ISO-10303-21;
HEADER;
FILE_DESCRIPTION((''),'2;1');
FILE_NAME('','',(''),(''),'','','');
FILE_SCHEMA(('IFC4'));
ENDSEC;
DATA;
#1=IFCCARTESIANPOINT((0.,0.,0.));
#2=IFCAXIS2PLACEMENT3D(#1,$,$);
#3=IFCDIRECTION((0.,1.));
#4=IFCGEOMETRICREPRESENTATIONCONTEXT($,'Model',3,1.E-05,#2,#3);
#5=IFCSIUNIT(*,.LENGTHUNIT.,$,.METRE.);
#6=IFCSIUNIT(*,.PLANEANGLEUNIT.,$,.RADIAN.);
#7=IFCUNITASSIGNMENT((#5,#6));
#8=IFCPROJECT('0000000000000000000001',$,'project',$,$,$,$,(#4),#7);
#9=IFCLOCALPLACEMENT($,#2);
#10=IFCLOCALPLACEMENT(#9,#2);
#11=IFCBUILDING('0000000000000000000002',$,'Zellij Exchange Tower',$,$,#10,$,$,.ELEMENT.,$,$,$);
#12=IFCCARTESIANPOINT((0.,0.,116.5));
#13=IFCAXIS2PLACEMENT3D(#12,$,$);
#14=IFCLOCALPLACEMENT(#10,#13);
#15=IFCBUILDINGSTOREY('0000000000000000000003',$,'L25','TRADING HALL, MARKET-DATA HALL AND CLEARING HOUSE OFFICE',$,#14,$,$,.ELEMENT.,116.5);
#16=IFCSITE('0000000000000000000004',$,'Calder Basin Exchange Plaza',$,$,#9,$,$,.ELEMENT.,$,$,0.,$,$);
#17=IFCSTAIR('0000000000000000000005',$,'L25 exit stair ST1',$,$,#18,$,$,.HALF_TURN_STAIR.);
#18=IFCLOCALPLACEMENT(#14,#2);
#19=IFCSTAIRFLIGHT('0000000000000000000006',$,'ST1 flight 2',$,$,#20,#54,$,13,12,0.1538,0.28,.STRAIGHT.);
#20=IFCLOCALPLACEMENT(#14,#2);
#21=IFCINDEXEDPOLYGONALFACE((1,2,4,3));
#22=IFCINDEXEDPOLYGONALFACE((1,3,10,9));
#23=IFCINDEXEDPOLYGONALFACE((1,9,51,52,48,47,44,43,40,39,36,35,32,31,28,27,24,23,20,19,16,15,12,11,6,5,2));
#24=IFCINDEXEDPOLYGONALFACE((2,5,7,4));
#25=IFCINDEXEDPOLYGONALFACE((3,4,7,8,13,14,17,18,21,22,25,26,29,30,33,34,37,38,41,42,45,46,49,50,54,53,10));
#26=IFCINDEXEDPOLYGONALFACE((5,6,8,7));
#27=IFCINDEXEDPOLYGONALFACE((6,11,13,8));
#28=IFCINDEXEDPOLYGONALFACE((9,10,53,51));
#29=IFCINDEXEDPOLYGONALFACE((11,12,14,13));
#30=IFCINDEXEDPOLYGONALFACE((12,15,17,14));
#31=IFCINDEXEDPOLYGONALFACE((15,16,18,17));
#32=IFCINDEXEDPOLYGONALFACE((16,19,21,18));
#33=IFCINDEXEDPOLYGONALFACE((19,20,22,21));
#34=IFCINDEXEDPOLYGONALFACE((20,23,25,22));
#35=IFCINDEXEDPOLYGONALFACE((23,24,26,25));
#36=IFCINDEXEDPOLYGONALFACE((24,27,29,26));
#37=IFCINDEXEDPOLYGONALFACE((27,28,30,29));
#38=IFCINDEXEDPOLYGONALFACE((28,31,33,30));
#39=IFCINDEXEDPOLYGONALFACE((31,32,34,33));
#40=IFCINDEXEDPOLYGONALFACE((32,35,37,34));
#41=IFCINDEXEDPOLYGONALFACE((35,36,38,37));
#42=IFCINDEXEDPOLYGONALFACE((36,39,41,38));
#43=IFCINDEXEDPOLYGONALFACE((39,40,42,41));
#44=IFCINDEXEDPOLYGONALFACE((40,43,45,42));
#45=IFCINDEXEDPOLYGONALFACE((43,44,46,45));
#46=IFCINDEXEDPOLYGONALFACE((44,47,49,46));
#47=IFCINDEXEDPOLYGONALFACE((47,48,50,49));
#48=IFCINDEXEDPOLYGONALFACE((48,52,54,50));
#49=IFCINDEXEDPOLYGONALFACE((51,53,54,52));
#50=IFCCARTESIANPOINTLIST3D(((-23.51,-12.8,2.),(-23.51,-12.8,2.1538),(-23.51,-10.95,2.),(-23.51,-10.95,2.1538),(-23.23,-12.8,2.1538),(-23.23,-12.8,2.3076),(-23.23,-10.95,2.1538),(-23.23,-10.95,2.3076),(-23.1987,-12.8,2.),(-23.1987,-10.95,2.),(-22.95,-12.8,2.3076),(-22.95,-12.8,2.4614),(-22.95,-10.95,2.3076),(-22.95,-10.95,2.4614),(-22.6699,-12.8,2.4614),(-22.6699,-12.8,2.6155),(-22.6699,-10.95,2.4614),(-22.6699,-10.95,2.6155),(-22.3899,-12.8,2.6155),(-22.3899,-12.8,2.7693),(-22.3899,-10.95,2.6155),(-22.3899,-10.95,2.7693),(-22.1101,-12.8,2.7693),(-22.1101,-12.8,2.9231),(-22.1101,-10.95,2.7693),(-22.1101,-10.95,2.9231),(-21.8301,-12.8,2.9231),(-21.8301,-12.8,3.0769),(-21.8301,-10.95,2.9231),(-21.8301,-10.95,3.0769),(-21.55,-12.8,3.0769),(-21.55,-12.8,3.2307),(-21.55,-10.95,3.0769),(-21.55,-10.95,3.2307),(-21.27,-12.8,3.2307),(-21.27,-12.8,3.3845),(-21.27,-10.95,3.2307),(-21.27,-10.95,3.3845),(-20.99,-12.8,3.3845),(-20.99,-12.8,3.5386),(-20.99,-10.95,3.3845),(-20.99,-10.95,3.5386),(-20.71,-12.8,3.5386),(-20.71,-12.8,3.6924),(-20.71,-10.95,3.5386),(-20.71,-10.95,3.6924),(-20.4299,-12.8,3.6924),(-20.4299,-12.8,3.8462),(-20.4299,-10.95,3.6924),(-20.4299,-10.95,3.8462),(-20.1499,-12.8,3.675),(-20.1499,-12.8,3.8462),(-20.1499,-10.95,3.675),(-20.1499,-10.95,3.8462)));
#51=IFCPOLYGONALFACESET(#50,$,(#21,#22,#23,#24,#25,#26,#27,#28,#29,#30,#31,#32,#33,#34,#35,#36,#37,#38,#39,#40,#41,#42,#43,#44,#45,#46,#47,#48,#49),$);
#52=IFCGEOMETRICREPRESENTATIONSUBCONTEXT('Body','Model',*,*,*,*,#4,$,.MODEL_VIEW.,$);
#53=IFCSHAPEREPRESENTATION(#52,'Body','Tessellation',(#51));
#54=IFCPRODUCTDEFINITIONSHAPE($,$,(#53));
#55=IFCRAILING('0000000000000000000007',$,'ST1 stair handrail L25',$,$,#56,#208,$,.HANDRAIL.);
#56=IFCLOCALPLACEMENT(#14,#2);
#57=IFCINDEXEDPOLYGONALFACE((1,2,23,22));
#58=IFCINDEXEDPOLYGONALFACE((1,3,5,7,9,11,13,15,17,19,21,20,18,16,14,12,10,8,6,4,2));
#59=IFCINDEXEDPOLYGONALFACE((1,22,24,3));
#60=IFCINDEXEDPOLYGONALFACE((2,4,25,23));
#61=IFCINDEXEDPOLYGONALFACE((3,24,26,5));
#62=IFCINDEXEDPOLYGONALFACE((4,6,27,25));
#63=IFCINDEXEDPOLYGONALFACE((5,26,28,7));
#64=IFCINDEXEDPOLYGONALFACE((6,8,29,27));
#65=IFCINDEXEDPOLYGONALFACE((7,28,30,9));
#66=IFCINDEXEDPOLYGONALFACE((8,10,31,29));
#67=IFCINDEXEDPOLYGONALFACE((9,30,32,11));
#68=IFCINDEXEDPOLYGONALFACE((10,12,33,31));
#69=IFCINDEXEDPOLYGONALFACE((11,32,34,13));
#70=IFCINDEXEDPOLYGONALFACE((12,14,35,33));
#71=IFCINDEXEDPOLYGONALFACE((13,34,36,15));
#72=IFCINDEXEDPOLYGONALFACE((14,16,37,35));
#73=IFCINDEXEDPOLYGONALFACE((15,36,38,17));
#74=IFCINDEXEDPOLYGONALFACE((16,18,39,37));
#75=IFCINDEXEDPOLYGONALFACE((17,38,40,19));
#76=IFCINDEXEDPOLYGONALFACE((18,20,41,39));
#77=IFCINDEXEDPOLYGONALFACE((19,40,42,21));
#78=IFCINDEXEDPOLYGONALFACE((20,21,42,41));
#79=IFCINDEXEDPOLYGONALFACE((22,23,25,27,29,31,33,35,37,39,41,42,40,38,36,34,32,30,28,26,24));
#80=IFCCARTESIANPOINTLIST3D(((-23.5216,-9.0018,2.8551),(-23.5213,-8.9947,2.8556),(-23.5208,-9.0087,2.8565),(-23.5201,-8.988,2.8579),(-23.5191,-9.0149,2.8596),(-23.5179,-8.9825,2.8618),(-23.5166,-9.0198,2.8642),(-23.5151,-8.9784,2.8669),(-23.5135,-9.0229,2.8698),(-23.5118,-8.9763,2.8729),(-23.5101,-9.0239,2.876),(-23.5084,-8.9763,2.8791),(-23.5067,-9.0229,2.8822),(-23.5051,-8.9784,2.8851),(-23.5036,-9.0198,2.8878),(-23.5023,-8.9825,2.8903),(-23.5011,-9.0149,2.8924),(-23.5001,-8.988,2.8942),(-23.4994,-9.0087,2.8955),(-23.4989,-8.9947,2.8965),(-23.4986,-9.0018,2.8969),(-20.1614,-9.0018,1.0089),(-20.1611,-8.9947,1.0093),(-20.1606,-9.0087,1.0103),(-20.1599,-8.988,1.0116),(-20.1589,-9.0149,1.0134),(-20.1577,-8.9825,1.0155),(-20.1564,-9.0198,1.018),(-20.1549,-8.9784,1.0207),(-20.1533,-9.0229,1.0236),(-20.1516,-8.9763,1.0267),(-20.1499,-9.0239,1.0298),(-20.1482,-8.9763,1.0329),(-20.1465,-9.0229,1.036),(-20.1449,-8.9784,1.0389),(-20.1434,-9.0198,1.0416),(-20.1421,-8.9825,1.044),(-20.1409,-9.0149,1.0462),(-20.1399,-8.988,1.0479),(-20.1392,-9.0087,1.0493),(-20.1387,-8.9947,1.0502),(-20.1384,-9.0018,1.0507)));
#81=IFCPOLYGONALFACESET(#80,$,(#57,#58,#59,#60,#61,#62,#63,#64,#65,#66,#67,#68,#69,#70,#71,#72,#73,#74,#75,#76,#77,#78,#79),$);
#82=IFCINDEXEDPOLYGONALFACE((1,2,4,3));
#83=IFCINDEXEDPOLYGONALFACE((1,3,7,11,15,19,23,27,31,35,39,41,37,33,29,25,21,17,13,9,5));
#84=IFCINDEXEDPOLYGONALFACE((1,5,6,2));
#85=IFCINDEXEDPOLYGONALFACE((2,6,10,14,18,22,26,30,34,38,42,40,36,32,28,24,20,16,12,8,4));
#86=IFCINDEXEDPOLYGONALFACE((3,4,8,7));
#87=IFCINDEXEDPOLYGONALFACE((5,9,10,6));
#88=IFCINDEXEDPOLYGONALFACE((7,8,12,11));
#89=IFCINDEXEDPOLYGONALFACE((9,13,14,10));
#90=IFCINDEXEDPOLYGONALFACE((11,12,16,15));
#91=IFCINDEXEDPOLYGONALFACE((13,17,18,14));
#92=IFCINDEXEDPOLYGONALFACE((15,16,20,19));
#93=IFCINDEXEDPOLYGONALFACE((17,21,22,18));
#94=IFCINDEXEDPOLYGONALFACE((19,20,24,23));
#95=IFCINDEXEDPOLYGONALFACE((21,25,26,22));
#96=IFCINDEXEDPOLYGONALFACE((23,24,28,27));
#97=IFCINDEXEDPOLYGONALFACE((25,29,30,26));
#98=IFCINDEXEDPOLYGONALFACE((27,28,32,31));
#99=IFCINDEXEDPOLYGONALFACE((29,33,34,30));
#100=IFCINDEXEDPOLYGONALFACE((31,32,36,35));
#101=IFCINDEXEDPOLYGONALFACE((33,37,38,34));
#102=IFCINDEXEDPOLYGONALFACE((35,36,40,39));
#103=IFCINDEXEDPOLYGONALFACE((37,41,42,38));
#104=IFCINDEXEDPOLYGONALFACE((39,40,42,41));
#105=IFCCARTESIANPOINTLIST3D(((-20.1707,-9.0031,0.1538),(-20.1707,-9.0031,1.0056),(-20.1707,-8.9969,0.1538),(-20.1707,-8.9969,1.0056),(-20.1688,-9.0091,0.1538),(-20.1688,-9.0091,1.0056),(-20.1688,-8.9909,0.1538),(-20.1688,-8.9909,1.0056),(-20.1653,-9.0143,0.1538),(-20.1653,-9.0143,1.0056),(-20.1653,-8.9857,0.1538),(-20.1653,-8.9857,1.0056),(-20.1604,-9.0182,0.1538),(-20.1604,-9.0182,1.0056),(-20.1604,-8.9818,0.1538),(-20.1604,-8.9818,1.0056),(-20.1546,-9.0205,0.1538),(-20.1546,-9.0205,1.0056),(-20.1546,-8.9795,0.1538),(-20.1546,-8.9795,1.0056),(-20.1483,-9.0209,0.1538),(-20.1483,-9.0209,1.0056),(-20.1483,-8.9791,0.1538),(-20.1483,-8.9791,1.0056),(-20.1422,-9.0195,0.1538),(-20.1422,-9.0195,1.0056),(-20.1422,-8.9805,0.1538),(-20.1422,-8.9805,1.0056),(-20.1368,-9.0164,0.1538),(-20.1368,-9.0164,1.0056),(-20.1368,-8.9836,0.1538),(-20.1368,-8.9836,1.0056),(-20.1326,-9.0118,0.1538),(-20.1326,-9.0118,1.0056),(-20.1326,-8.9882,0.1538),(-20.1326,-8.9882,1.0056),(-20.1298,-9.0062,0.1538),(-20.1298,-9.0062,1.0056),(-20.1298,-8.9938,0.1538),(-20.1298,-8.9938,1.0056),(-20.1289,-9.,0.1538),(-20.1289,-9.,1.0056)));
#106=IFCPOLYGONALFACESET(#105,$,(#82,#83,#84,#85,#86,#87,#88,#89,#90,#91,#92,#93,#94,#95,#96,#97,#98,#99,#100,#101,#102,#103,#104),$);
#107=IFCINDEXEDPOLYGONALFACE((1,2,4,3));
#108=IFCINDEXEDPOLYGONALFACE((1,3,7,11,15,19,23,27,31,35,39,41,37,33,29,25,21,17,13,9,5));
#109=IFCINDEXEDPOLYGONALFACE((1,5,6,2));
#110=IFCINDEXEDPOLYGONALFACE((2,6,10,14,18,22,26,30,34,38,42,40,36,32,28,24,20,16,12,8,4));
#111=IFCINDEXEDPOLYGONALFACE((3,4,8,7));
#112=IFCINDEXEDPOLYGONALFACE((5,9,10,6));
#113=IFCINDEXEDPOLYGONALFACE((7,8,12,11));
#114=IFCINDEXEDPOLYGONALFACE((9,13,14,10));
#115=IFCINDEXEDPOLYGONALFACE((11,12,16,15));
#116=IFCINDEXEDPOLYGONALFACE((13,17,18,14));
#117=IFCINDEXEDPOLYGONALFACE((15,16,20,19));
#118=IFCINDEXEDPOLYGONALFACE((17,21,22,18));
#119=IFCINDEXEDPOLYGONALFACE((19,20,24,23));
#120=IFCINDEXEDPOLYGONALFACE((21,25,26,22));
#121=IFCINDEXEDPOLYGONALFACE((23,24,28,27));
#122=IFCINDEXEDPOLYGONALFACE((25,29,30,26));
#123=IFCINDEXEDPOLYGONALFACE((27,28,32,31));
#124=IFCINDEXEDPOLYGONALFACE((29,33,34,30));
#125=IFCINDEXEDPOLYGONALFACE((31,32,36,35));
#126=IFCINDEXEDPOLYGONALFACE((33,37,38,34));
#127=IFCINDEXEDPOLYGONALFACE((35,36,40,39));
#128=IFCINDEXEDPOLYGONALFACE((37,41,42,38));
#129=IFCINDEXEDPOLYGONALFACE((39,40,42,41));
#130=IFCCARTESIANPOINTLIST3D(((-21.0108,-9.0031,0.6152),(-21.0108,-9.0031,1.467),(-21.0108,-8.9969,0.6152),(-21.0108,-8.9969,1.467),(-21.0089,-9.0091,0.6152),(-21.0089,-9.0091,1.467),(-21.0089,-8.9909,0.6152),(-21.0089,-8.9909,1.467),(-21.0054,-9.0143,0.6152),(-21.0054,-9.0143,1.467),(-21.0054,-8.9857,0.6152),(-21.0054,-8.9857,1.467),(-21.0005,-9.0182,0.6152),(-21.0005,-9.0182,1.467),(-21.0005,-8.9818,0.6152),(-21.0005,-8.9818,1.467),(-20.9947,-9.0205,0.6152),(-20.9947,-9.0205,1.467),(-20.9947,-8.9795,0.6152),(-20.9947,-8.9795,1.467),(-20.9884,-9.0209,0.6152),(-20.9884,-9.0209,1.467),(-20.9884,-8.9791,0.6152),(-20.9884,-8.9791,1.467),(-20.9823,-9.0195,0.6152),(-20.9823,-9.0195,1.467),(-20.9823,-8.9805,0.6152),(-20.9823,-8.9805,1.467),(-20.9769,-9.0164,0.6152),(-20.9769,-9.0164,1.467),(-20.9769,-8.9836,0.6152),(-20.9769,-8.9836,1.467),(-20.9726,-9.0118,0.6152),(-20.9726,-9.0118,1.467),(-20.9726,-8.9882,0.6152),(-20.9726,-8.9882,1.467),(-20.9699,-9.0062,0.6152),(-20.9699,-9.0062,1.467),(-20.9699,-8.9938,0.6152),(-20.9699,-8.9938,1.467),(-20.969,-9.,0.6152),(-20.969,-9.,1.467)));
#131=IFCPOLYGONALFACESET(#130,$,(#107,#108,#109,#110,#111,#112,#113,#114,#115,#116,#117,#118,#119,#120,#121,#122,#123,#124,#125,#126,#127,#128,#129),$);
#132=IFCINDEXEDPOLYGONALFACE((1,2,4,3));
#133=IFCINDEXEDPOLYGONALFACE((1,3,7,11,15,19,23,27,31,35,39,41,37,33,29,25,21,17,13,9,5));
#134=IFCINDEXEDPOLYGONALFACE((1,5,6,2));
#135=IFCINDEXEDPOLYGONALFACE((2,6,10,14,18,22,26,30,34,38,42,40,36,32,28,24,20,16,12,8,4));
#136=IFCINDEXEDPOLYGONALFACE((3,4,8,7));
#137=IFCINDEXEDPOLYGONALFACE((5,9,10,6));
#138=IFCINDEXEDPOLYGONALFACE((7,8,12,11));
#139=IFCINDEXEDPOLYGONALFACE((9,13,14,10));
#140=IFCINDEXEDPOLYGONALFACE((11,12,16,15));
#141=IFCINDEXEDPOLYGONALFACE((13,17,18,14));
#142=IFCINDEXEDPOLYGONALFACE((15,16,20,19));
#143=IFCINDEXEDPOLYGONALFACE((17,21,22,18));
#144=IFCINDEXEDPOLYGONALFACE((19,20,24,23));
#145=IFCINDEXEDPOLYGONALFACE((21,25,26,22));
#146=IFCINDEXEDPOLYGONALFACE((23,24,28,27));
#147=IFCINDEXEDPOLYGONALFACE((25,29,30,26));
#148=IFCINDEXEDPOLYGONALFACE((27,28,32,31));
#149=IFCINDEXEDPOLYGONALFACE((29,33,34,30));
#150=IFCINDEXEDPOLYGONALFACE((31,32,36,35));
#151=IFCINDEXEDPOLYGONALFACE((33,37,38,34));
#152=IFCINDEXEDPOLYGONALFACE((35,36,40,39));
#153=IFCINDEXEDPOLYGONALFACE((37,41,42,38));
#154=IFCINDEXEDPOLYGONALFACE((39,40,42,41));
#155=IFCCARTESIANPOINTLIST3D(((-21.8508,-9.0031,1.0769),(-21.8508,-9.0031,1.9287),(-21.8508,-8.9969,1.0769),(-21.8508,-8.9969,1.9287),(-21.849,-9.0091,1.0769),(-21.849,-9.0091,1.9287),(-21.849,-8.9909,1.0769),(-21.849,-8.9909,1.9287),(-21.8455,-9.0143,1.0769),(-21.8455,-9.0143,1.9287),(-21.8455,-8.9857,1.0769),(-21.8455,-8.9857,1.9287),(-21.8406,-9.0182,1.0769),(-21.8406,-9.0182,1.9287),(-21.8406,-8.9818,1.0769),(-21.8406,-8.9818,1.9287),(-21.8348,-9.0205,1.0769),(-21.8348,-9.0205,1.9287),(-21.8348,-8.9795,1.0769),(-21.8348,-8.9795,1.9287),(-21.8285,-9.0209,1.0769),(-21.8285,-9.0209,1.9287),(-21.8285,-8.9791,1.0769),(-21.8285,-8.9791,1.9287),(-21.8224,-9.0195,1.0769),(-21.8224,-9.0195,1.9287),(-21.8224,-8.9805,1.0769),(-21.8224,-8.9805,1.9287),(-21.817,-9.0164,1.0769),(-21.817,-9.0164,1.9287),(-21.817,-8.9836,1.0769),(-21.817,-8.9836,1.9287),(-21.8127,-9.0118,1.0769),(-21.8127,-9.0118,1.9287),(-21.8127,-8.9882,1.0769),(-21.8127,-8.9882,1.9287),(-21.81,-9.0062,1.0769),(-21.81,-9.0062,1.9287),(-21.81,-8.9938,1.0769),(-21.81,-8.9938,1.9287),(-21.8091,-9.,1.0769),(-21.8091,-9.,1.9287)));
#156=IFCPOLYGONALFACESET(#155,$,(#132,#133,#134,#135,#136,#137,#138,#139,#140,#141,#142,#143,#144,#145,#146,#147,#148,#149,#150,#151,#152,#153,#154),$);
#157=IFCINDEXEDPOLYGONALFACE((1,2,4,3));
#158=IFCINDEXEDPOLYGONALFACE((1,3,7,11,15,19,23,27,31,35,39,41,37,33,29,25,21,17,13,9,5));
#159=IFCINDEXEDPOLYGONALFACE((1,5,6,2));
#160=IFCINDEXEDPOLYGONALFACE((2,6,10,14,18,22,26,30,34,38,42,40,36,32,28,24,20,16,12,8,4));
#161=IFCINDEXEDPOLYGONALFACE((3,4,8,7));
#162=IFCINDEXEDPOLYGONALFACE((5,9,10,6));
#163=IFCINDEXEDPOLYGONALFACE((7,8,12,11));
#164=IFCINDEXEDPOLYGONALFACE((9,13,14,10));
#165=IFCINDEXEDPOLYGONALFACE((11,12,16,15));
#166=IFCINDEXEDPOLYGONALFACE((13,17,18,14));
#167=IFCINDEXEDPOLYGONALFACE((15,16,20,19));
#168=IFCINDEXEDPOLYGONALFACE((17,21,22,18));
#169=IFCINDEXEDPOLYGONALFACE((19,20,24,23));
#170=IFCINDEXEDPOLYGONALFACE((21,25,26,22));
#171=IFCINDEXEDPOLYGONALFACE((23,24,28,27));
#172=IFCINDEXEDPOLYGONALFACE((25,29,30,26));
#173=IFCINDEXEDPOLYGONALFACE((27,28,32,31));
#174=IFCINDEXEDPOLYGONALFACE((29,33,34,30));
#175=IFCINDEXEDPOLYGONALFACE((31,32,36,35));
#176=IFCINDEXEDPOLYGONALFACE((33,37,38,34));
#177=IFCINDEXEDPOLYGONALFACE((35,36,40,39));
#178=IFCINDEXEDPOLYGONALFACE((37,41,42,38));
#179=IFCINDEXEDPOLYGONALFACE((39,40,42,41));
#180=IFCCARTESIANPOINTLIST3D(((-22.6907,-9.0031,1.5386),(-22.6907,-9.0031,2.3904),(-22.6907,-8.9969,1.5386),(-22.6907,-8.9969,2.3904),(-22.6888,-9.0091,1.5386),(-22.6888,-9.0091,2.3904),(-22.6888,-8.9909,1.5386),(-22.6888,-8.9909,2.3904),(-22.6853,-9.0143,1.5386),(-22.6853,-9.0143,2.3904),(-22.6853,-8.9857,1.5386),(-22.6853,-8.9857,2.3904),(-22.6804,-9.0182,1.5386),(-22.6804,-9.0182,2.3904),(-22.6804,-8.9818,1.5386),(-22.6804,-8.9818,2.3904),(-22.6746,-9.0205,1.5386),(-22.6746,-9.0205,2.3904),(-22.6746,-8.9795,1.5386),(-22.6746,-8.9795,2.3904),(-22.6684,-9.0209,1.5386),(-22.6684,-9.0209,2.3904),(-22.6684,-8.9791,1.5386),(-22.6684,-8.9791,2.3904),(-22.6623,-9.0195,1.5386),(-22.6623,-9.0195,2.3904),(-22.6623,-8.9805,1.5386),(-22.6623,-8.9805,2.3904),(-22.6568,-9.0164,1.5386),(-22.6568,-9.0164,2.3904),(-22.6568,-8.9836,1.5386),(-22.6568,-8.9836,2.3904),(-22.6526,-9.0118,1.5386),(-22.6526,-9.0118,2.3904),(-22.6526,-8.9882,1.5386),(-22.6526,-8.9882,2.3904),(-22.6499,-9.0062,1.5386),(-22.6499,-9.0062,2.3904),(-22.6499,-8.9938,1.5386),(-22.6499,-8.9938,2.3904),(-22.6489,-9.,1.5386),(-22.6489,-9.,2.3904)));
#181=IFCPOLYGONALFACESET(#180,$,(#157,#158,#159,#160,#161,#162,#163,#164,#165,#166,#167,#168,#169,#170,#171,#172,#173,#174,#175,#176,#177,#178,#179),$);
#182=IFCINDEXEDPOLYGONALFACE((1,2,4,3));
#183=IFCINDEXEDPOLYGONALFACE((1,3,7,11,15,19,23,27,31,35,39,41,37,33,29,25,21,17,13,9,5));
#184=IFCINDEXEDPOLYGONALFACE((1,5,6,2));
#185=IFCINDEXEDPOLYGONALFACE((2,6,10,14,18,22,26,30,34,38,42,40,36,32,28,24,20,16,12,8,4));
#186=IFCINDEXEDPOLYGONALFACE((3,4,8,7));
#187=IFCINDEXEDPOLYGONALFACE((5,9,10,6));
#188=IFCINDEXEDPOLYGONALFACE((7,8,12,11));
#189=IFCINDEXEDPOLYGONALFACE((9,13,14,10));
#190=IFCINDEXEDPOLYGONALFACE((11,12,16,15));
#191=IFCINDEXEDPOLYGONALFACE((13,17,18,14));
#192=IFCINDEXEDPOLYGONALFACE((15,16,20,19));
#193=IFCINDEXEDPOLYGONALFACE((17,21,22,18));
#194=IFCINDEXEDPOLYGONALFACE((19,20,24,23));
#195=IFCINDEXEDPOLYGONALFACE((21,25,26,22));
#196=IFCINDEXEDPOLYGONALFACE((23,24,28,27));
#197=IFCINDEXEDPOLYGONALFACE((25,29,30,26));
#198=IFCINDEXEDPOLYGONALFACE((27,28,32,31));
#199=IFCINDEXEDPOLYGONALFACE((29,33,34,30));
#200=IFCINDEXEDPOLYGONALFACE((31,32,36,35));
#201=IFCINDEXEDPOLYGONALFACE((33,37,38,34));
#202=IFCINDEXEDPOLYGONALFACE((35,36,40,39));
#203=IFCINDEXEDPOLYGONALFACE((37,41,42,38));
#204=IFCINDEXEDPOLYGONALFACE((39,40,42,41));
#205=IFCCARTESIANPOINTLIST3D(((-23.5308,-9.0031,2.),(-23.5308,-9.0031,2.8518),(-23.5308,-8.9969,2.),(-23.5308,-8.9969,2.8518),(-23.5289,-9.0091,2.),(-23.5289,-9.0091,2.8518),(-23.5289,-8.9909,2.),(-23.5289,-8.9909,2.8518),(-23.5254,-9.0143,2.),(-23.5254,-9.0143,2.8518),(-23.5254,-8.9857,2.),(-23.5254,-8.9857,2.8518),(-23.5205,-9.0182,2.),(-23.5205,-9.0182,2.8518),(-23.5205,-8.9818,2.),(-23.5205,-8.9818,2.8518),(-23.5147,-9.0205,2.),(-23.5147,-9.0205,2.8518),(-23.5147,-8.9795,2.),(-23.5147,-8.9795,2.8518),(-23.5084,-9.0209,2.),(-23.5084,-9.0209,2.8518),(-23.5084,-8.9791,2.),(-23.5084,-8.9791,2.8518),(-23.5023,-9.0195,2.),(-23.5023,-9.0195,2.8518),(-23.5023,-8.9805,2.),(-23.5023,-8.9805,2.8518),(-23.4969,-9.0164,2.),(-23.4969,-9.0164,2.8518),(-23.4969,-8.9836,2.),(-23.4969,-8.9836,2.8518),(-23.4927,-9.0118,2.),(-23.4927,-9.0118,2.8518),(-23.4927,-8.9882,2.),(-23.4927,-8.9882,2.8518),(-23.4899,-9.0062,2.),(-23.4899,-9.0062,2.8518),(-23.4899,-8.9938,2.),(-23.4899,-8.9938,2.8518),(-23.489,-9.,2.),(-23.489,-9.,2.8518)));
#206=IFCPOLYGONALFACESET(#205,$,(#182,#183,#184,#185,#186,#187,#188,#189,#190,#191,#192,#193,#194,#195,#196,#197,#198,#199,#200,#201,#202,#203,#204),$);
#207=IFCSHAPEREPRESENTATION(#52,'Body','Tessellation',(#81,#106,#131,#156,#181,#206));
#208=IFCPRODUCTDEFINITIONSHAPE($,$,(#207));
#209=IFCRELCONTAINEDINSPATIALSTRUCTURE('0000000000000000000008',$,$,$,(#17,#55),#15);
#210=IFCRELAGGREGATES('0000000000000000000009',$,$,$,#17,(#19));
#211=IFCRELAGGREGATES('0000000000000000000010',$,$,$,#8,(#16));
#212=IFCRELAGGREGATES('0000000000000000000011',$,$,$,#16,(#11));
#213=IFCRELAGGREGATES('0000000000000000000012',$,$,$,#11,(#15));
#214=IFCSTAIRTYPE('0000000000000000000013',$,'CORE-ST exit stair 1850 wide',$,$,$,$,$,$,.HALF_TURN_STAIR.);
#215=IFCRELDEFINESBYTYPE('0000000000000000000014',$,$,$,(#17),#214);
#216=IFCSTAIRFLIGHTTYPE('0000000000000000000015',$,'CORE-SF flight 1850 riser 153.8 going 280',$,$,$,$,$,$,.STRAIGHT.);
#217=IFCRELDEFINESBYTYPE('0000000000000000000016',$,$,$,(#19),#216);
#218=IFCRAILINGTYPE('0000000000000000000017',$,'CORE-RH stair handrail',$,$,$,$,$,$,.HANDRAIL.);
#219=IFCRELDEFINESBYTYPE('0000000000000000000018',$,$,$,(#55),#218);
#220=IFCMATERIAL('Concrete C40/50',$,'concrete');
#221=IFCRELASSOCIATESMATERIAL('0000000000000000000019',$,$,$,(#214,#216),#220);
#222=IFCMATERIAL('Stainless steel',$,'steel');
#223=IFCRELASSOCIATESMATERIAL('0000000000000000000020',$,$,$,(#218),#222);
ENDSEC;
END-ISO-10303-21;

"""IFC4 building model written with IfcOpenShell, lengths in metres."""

from ifc_helpers import new_model, si_unit, direction, frame, origin, origin_2d, place, context, subcontext, project, spatial, polyline, circle, outline, extrude, material, type_object, element, aggregate, save


model = new_model("IFC4")

# Units and contexts
model_context = context("Model", 3, precision=1e-05, world=origin(), true_north=direction((0.0, 1.0)))
body_context = subcontext(model_context, "Body", "Model", "MODEL_VIEW")
ifc_project = project(units=[si_unit("LENGTHUNIT", "METRE"), si_unit("PLANEANGLEUNIT", "RADIAN")], contexts=[model_context])

# Site, building, storey
site_placement = place(None, origin())
site = spatial("IfcSite", under=ifc_project, at=site_placement, Name="Calder Basin Exchange Plaza", CompositionType="ELEMENT", RefElevation=0.0)
building_placement = place(site_placement, origin())
building = spatial("IfcBuilding", under=site, at=building_placement, Name="Zellij Exchange Tower", CompositionType="ELEMENT")
storey_placement = place(building_placement, frame((0.0, 0.0, 116.5)))
storey = spatial("IfcBuildingStorey", under=building, at=storey_placement, Name="L25", Description="TRADING HALL, MARKET-DATA HALL AND CLEARING HOUSE OFFICE", CompositionType="ELEMENT", Elevation=116.5)

# Stair, stair flight
ifc_material_1 = material(Name="Concrete C40/50", Category="concrete")
stair_type = type_object("IfcStairType", Name="CORE-ST exit stair 1850 wide", PredefinedType="HALF_TURN_STAIR", material=ifc_material_1)
stair_placement = place(storey_placement, origin())
stair = element("IfcStair", 1, at=stair_placement, inside=storey, type_object=stair_type, Name="L25 exit stair ST1", PredefinedType="HALF_TURN_STAIR")
stair_flight_type = type_object("IfcStairFlightType", Name="CORE-SF flight 1850 riser 153.8 going 280", PredefinedType="STRAIGHT", material=ifc_material_1)
stair_flight_1_placement = place(storey_placement, frame((-23.51, -11.875, 2.0), z_axis=(0.0, 0.0, 1.0), x_axis=(1.0, 0.0, 0.0)))
stair_flight_1 = element("IfcStairFlight", 2, at=stair_flight_1_placement, type_object=stair_flight_type, Name="ST1 flight 2", NumberOfRisers=13, NumberOfTreads=12, PredefinedType="STRAIGHT", RiserHeight=0.1538, TreadLength=0.28, context=body_context, shape_type="SweptSolid", body=[
    extrude(outline(polyline([(0.0, 0.0), (0.0, 0.1538), (0.28, 0.1538), (0.28, 0.3076), (0.5601, 0.3076), (0.5601, 0.4614), (0.8401, 0.4614), (0.8401, 0.6155), (1.1201, 0.6155), (1.1201, 0.7693), (1.3999, 0.7693), (1.3999, 0.9231), (1.6799, 0.9231), (1.6799, 1.0769), (1.96, 1.0769), (1.96, 1.2307), (2.24, 1.2307), (2.24, 1.3845), (2.52, 1.3845), (2.52, 1.5386), (2.8, 1.5386), (2.8, 1.6924), (3.0801, 1.6924), (3.0801, 1.8462), (3.3601, 1.8462), (3.3601, 2.0), (3.3601, 1.675), (0.3113, 0.0), (0.0, 0.0)])), frame((0.0, 0.925, 0.0), z_axis=(0.0, -1.0, 0.0), x_axis=(1.0, 0.0, 0.0)), (0.0, 0.0, 1.0), 1.8501),
])
aggregate(stair, [stair_flight_1])

# Railing
ifc_material_2 = material(Name="Stainless steel", Category="steel")
railing_type_1 = type_object("IfcRailingType", Name="CORE-RH stair handrail", PredefinedType="HANDRAIL", material=ifc_material_2)
railing_1_placement = place(storey_placement, frame((-20.1499, -9.0, 0.1538)))
element("IfcRailing", 3, at=railing_1_placement, inside=storey, type_object=railing_type_1, Name="ST1 stair handrail L25", PredefinedType="HANDRAIL", context=body_context, shape_type="SweptSolid", body=[
    extrude(circle(Radius=0.0239, at=origin_2d()), frame((0.0, 0.0, 0.876), z_axis=(-0.876422, 0.0, 0.481545), x_axis=(0.0, -1.0, 0.0)), (0.0, 0.0, 1.0), 3.834),
    extrude(circle(Radius=0.021, at=origin_2d()), origin(), (0.0, 0.0, 1.0), 0.8518),
    extrude(circle(Radius=0.021, at=origin_2d()), frame((-0.8401, 0.0, 0.4614)), (0.0, 0.0, 1.0), 0.8518),
    extrude(circle(Radius=0.021, at=origin_2d()), frame((-1.6802, 0.0, 0.9231)), (0.0, 0.0, 1.0), 0.8518),
    extrude(circle(Radius=0.021, at=origin_2d()), frame((-2.52, 0.0, 1.3848)), (0.0, 0.0, 1.0), 0.8518),
    extrude(circle(Radius=0.021, at=origin_2d()), frame((-3.3601, 0.0, 1.8462)), (0.0, 0.0, 1.0), 0.8518),
])

save(model, "model.ifc")
